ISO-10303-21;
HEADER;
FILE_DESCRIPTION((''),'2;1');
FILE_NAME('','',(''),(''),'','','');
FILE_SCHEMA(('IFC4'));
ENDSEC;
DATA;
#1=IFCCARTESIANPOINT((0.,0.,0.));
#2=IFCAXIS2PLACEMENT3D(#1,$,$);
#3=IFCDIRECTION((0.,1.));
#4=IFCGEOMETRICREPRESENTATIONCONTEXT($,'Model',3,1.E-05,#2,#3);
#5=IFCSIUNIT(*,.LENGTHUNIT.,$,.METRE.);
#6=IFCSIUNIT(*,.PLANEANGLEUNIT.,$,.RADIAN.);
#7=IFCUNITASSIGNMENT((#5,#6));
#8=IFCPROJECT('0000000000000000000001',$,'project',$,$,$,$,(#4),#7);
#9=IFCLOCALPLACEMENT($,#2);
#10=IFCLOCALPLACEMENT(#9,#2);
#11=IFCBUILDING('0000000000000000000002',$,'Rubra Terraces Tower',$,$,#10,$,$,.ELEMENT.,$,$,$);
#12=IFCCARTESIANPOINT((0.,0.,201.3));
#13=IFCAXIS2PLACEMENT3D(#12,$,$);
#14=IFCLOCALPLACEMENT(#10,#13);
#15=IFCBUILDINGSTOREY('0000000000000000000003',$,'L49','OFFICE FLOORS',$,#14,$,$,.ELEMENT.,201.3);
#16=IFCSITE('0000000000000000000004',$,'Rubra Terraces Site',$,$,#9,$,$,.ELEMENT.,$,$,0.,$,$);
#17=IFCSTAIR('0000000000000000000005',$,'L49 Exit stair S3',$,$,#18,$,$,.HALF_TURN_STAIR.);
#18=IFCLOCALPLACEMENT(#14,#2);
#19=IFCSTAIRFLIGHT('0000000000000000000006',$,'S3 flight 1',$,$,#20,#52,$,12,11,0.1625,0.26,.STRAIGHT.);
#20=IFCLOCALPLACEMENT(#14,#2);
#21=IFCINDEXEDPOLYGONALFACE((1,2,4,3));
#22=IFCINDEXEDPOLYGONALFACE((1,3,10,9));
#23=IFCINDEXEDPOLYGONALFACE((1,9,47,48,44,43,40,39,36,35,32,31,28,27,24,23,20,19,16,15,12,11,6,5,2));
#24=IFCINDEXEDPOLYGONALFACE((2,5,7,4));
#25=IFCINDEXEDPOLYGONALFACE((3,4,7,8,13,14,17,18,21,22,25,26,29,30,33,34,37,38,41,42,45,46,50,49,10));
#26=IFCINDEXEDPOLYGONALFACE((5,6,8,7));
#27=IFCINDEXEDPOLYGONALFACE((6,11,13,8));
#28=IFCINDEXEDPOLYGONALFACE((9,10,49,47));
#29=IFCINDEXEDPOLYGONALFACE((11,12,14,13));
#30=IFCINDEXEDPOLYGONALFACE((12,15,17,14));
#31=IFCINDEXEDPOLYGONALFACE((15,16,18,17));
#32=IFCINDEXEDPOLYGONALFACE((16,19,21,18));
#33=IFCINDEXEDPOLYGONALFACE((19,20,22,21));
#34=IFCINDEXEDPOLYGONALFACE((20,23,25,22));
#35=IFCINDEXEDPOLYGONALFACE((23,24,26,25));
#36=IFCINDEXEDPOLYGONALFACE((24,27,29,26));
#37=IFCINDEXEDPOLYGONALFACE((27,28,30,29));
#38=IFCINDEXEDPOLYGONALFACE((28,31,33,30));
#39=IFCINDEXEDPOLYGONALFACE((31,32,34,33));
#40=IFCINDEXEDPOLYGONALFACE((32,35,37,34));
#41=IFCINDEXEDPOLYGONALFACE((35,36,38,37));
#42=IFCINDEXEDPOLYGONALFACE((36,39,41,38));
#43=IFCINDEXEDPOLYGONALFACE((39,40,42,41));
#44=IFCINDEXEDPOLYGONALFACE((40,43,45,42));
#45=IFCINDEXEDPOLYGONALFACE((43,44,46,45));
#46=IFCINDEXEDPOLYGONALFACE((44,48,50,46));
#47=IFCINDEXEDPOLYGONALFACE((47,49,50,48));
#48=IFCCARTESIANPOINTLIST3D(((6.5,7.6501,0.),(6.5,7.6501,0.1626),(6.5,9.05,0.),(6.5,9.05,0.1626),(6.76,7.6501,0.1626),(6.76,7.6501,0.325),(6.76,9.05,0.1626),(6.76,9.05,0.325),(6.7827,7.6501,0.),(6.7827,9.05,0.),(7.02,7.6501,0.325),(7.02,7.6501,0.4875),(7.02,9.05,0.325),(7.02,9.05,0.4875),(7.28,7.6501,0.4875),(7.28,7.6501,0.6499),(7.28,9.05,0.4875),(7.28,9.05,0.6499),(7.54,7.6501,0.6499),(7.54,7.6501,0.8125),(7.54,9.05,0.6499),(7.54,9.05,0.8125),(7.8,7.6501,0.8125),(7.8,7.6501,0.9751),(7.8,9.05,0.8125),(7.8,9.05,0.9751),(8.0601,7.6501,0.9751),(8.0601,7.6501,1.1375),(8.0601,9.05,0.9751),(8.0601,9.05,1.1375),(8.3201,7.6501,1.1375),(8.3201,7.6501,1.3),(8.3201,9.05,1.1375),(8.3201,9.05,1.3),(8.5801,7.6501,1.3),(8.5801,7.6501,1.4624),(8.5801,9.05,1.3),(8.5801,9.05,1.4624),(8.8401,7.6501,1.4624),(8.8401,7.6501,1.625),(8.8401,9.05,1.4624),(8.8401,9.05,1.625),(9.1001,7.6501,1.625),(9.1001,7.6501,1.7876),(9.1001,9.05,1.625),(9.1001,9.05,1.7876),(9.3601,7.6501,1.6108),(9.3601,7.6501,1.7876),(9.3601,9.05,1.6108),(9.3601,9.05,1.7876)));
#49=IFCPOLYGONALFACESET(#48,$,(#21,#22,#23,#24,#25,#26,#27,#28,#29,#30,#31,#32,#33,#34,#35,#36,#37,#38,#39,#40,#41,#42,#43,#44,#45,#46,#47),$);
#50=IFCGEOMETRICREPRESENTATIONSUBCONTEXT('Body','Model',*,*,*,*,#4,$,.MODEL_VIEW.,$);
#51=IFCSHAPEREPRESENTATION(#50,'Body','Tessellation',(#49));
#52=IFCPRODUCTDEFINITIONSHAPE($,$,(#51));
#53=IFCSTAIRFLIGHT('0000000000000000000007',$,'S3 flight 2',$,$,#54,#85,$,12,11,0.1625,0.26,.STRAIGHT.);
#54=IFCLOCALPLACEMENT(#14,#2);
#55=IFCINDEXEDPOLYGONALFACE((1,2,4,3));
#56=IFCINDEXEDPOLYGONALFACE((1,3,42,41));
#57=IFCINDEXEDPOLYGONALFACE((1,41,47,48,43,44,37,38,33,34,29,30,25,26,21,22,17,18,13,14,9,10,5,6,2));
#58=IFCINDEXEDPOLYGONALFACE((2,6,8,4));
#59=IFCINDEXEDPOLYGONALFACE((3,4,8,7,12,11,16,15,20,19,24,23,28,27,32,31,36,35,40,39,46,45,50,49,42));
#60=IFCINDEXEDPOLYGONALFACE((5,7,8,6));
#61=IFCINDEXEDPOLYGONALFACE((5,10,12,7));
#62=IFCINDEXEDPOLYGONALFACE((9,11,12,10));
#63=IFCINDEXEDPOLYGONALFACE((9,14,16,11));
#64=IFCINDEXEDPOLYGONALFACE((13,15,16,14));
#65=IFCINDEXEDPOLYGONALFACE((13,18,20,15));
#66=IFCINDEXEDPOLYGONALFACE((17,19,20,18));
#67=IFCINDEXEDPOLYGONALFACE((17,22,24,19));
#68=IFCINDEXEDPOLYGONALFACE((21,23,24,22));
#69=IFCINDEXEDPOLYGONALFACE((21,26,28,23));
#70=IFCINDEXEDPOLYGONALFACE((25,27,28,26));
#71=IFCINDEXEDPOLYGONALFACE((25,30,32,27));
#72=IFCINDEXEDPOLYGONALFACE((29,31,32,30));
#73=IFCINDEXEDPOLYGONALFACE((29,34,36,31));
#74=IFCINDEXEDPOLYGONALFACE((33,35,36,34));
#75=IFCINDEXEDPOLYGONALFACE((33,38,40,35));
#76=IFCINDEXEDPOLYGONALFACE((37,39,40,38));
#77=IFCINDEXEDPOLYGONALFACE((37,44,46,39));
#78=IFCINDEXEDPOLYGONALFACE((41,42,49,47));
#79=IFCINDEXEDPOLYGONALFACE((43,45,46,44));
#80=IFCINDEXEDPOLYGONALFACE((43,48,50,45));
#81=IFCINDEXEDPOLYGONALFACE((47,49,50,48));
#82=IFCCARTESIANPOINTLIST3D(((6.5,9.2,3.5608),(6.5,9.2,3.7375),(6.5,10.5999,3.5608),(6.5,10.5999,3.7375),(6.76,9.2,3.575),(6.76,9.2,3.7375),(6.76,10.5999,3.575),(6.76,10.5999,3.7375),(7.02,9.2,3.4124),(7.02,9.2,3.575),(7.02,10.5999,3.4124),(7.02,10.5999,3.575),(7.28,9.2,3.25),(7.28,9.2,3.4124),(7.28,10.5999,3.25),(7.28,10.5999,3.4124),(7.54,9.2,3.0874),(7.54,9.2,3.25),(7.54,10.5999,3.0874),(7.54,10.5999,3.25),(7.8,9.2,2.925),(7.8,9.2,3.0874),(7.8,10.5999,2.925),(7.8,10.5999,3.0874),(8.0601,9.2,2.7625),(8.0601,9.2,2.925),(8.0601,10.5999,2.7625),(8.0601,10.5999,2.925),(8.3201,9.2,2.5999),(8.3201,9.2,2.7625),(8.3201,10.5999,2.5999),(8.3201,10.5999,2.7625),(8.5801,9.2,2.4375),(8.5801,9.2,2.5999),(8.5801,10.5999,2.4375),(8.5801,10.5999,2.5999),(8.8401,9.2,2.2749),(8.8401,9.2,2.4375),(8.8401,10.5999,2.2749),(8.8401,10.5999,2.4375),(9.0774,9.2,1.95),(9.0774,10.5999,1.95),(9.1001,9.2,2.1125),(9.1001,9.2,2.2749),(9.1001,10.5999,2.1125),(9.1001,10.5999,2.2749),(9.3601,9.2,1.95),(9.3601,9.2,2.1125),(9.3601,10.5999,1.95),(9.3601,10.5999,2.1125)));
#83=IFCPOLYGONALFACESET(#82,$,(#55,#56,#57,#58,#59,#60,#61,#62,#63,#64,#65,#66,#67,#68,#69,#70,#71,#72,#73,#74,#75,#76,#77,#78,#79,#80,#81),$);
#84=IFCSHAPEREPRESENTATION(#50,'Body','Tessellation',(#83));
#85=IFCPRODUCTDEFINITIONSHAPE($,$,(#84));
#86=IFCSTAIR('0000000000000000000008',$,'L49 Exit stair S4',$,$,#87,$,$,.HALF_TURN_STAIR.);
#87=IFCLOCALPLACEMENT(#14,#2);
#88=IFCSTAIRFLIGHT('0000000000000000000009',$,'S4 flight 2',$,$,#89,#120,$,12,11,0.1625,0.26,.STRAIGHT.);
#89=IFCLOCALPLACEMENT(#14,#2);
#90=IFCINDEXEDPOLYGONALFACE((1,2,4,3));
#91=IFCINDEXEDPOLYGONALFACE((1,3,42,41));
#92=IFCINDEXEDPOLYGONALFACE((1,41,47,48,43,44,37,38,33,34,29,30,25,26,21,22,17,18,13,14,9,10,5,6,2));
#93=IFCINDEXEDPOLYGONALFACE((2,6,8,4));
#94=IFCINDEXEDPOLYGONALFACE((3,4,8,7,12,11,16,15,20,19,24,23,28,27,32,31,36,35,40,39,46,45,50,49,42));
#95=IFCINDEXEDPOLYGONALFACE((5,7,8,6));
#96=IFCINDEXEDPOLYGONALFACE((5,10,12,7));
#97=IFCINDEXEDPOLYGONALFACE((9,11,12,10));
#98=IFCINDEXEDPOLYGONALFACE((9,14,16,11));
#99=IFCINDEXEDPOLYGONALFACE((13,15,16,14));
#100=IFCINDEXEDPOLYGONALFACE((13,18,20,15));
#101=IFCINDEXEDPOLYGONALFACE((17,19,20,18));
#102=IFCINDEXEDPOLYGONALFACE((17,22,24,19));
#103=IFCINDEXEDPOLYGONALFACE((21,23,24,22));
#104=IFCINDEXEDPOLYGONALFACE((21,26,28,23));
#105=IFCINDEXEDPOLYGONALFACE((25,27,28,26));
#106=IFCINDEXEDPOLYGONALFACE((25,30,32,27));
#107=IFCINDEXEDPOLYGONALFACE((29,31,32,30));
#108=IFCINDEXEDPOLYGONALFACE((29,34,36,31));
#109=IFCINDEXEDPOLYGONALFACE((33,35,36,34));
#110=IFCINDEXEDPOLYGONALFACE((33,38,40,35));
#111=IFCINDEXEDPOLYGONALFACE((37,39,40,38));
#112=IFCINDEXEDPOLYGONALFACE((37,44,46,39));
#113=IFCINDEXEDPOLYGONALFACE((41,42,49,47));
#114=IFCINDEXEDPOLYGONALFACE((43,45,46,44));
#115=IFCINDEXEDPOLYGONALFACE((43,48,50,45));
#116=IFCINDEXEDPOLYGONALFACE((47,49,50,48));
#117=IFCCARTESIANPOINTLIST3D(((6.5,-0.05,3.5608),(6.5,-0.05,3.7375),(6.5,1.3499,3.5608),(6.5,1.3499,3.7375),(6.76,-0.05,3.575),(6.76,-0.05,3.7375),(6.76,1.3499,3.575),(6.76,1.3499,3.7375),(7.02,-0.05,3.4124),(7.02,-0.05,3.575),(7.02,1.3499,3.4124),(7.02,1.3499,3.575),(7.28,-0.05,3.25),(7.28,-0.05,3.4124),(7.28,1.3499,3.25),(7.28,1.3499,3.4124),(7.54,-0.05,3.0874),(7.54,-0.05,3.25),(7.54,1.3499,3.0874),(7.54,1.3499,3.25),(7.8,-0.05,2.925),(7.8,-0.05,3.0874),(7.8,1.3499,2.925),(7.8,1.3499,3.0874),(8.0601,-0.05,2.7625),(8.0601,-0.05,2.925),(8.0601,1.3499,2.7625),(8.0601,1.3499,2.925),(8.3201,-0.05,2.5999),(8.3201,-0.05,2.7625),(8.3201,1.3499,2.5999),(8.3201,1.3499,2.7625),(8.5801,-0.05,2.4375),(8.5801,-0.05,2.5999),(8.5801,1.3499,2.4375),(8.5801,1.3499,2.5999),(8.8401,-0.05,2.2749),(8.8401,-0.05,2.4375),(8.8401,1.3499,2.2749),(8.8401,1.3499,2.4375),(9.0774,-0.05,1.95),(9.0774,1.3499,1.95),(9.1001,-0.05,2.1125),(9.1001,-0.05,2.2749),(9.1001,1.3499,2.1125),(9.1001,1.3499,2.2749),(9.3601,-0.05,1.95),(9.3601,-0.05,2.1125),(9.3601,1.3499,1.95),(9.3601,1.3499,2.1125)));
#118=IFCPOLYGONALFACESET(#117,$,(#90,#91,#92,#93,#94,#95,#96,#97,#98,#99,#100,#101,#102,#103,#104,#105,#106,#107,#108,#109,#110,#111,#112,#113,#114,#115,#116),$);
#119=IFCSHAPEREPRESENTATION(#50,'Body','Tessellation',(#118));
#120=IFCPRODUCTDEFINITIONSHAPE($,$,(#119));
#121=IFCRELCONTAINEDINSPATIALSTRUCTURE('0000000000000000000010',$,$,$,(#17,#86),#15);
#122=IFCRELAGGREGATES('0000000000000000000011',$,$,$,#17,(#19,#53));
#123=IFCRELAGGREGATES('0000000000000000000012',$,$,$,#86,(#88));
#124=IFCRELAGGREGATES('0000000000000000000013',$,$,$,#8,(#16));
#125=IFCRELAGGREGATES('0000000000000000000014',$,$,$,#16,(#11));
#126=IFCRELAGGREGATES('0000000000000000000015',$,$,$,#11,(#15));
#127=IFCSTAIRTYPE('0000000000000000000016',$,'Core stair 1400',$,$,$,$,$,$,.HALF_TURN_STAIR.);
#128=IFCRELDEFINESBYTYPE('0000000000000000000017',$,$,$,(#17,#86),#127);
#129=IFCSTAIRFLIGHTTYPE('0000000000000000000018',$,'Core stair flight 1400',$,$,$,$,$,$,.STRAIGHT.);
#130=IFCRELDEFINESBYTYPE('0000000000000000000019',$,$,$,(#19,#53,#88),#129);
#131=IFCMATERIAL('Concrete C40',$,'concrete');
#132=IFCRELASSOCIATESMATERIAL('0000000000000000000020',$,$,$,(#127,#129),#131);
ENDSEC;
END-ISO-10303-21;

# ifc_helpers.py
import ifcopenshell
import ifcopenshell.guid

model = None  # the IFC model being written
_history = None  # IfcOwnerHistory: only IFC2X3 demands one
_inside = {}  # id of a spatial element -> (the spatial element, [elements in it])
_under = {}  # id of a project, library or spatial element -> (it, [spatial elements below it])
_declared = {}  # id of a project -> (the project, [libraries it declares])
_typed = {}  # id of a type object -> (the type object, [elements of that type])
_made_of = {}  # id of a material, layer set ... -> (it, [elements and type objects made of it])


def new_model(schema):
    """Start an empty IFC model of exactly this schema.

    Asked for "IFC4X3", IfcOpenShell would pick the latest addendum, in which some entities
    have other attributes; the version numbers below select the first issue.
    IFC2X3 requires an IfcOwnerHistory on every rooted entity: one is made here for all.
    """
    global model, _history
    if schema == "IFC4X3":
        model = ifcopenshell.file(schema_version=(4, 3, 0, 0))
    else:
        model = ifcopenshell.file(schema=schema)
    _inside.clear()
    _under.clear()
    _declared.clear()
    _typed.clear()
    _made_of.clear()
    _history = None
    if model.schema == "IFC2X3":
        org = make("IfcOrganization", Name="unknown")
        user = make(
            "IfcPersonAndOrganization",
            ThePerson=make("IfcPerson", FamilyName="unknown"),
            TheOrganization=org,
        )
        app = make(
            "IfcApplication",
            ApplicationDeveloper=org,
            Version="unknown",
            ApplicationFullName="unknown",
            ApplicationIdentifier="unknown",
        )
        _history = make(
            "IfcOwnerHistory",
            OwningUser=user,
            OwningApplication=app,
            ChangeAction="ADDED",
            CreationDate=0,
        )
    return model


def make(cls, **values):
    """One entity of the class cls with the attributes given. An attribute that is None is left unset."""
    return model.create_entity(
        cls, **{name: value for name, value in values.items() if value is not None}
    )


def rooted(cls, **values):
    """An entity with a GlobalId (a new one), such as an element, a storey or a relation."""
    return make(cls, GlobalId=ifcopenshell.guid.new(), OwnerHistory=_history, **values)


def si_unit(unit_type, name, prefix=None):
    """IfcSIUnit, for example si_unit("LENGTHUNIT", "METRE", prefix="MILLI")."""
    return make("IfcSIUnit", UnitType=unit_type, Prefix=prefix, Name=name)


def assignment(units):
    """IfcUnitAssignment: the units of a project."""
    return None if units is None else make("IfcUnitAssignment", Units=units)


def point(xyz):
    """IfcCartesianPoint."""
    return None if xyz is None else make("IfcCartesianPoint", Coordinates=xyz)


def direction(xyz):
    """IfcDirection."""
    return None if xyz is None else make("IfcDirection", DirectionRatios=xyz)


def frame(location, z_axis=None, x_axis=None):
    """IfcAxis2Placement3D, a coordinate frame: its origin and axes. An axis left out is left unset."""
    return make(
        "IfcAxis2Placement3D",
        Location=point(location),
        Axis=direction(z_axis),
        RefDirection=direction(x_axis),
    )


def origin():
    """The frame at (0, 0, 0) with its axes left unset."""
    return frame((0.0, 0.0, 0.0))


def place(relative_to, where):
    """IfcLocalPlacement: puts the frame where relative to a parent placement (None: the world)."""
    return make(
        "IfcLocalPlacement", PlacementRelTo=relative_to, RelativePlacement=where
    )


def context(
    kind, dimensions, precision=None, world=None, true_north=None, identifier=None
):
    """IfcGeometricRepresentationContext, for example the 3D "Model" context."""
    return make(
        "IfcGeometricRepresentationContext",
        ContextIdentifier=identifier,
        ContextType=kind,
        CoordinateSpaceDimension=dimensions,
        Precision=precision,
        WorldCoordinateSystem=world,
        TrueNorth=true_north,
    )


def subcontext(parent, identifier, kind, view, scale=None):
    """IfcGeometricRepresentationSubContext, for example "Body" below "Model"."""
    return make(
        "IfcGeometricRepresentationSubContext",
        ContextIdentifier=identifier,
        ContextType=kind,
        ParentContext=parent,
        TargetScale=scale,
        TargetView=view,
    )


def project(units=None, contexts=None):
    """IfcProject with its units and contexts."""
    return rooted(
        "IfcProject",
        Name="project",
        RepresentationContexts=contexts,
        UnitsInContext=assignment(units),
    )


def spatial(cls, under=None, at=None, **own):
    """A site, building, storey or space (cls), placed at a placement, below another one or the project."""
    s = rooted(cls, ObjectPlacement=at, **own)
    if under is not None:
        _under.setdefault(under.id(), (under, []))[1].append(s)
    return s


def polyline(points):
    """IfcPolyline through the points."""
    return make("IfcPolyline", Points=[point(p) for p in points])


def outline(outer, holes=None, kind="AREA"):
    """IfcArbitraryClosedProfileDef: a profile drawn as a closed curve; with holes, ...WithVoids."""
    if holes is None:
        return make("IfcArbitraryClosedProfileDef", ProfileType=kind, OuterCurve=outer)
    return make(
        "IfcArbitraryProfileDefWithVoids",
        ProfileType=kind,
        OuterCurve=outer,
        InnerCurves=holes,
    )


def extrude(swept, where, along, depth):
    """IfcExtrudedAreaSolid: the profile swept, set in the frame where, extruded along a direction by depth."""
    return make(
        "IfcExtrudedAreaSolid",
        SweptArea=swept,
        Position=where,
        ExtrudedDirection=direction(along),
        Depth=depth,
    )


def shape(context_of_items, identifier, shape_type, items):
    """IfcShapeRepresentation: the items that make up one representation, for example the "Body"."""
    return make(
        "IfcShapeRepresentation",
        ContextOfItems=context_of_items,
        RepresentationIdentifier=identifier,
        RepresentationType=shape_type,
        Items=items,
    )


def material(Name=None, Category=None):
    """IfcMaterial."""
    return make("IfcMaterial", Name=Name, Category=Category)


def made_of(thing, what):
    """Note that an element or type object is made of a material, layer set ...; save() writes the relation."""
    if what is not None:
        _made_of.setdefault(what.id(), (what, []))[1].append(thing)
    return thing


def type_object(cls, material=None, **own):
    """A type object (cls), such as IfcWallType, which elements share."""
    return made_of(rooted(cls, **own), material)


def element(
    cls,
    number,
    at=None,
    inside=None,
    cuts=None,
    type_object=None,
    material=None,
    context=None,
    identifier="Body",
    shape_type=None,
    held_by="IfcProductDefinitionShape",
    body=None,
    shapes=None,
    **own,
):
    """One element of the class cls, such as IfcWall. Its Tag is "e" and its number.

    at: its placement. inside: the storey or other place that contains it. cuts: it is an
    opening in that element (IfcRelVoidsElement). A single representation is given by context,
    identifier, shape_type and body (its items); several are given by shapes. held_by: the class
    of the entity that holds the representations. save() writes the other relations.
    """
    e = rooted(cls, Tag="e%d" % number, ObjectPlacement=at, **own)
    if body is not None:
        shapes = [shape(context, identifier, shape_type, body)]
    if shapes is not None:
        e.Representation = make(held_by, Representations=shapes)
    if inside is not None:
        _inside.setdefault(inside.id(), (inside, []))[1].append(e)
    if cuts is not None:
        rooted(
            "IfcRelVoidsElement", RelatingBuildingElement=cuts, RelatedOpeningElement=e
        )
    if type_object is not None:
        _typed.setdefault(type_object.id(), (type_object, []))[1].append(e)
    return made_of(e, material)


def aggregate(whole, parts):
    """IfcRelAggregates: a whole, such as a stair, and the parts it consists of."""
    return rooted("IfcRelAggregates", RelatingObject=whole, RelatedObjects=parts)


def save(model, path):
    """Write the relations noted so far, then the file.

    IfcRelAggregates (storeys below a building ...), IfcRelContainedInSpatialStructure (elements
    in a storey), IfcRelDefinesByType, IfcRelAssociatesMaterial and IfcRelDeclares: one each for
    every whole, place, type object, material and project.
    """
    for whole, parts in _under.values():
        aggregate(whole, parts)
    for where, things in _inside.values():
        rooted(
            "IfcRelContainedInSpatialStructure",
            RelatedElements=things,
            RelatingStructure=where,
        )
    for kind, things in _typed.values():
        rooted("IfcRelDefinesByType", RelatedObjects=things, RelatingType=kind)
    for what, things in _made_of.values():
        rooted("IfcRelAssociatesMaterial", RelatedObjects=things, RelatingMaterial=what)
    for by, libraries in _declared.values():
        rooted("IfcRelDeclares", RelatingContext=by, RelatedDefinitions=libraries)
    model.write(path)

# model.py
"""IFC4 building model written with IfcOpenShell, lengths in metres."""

from ifc_helpers import new_model, si_unit, direction, frame, origin, place, context, subcontext, project, spatial, polyline, outline, extrude, material, type_object, element, aggregate, save


model = new_model("IFC4")

# Units and contexts
model_context = context("Model", 3, precision=1e-05, world=origin(), true_north=direction((0.0, 1.0)))
body_context = subcontext(model_context, "Body", "Model", "MODEL_VIEW")
ifc_project = project(units=[si_unit("LENGTHUNIT", "METRE"), si_unit("PLANEANGLEUNIT", "RADIAN")], contexts=[model_context])

# Site, building, storey
site_placement = place(None, origin())
site = spatial("IfcSite", under=ifc_project, at=site_placement, Name="Rubra Terraces Site", CompositionType="ELEMENT", RefElevation=0.0)
building_placement = place(site_placement, origin())
building = spatial("IfcBuilding", under=site, at=building_placement, Name="Rubra Terraces Tower", CompositionType="ELEMENT")
storey_placement = place(building_placement, frame((0.0, 0.0, 201.3)))
storey = spatial("IfcBuildingStorey", under=building, at=storey_placement, Name="L49", Description="OFFICE FLOORS", CompositionType="ELEMENT", Elevation=201.3)

# Shared definitions
ifc_material_1 = material(Name="Concrete C40", Category="concrete")

# Stair, stair flights
stair_type = type_object("IfcStairType", Name="Core stair 1400", PredefinedType="HALF_TURN_STAIR", material=ifc_material_1)
stair_1_placement = place(storey_placement, origin())
stair_1 = element("IfcStair", 1, at=stair_1_placement, inside=storey, type_object=stair_type, Name="L49 Exit stair S3", PredefinedType="HALF_TURN_STAIR")
stair_flight_type = type_object("IfcStairFlightType", Name="Core stair flight 1400", PredefinedType="STRAIGHT", material=ifc_material_1)
stair_flight_1_placement = place(storey_placement, frame((6.5, 8.3501, 0.0), z_axis=(0.0, 0.0, 1.0), x_axis=(1.0, 0.0, 0.0)))
stair_flight_1 = element("IfcStairFlight", 2, at=stair_flight_1_placement, type_object=stair_flight_type, Name="S3 flight 1", NumberOfRisers=12, NumberOfTreads=11, PredefinedType="STRAIGHT", RiserHeight=0.1625, TreadLength=0.26, context=body_context, shape_type="SweptSolid", body=[
    extrude(outline(polyline([(0.0, 0.0), (0.0, 0.1626), (0.26, 0.1626), (0.26, 0.325), (0.52, 0.325), (0.52, 0.4875), (0.78, 0.4875), (0.78, 0.6499), (1.04, 0.6499), (1.04, 0.8125), (1.3, 0.8125), (1.3, 0.9751), (1.5601, 0.9751), (1.5601, 1.1375), (1.8201, 1.1375), (1.8201, 1.3), (2.0801, 1.3), (2.0801, 1.4624), (2.3401, 1.4624), (2.3401, 1.625), (2.6001, 1.625), (2.6001, 1.7876), (2.8601, 1.7876), (2.8601, 1.95), (2.8601, 1.6108), (0.2827, 0.0), (0.0, 0.0)])), frame((0.0, 0.7, 0.0), z_axis=(0.0, -1.0, 0.0), x_axis=(1.0, 0.0, 0.0)), (0.0, 0.0, 1.0), 1.3999),
])
stair_flight_2_placement = place(storey_placement, frame((9.3601, 9.8999, 1.95), z_axis=(0.0, 0.0, 1.0), x_axis=(-1.0, 0.0, 0.0)))
stair_flight_2 = element("IfcStairFlight", 3, at=stair_flight_2_placement, type_object=stair_flight_type, Name="S3 flight 2", NumberOfRisers=12, NumberOfTreads=11, PredefinedType="STRAIGHT", RiserHeight=0.1625, TreadLength=0.26, context=body_context, shape_type="SweptSolid", body=[
    extrude(outline(polyline([(0.0, 0.0), (0.0, 0.1626), (0.26, 0.1626), (0.26, 0.325), (0.52, 0.325), (0.52, 0.4875), (0.78, 0.4875), (0.78, 0.6499), (1.04, 0.6499), (1.04, 0.8125), (1.3, 0.8125), (1.3, 0.9751), (1.5601, 0.9751), (1.5601, 1.1375), (1.8201, 1.1375), (1.8201, 1.3), (2.0801, 1.3), (2.0801, 1.4624), (2.3401, 1.4624), (2.3401, 1.625), (2.6001, 1.625), (2.6001, 1.7876), (2.8601, 1.7876), (2.8601, 1.95), (2.8601, 1.6108), (0.2827, 0.0), (0.0, 0.0)])), frame((0.0, 0.7, 0.0), z_axis=(0.0, -1.0, 0.0), x_axis=(1.0, 0.0, 0.0)), (0.0, 0.0, 1.0), 1.3999),
])
aggregate(stair_1, [stair_flight_1, stair_flight_2])

# Stair, stair flight
stair_2_placement = place(storey_placement, origin())
stair_2 = element("IfcStair", 4, at=stair_2_placement, inside=storey, type_object=stair_type, Name="L49 Exit stair S4", PredefinedType="HALF_TURN_STAIR")
stair_flight_3_placement = place(storey_placement, frame((9.3601, 0.6499, 1.95), z_axis=(0.0, 0.0, 1.0), x_axis=(-1.0, 0.0, 0.0)))
stair_flight_3 = element("IfcStairFlight", 5, at=stair_flight_3_placement, type_object=stair_flight_type, Name="S4 flight 2", NumberOfRisers=12, NumberOfTreads=11, PredefinedType="STRAIGHT", RiserHeight=0.1625, TreadLength=0.26, context=body_context, shape_type="SweptSolid", body=[
    extrude(outline(polyline([(0.0, 0.0), (0.0, 0.1626), (0.26, 0.1626), (0.26, 0.325), (0.52, 0.325), (0.52, 0.4875), (0.78, 0.4875), (0.78, 0.6499), (1.04, 0.6499), (1.04, 0.8125), (1.3, 0.8125), (1.3, 0.9751), (1.5601, 0.9751), (1.5601, 1.1375), (1.8201, 1.1375), (1.8201, 1.3), (2.0801, 1.3), (2.0801, 1.4624), (2.3401, 1.4624), (2.3401, 1.625), (2.6001, 1.625), (2.6001, 1.7876), (2.8601, 1.7876), (2.8601, 1.95), (2.8601, 1.6108), (0.2827, 0.0), (0.0, 0.0)])), frame((0.0, 0.7, 0.0), z_axis=(0.0, -1.0, 0.0), x_axis=(1.0, 0.0, 0.0)), (0.0, 0.0, 1.0), 1.3999),
])
aggregate(stair_2, [stair_flight_3])

save(model, "model.ifc")
